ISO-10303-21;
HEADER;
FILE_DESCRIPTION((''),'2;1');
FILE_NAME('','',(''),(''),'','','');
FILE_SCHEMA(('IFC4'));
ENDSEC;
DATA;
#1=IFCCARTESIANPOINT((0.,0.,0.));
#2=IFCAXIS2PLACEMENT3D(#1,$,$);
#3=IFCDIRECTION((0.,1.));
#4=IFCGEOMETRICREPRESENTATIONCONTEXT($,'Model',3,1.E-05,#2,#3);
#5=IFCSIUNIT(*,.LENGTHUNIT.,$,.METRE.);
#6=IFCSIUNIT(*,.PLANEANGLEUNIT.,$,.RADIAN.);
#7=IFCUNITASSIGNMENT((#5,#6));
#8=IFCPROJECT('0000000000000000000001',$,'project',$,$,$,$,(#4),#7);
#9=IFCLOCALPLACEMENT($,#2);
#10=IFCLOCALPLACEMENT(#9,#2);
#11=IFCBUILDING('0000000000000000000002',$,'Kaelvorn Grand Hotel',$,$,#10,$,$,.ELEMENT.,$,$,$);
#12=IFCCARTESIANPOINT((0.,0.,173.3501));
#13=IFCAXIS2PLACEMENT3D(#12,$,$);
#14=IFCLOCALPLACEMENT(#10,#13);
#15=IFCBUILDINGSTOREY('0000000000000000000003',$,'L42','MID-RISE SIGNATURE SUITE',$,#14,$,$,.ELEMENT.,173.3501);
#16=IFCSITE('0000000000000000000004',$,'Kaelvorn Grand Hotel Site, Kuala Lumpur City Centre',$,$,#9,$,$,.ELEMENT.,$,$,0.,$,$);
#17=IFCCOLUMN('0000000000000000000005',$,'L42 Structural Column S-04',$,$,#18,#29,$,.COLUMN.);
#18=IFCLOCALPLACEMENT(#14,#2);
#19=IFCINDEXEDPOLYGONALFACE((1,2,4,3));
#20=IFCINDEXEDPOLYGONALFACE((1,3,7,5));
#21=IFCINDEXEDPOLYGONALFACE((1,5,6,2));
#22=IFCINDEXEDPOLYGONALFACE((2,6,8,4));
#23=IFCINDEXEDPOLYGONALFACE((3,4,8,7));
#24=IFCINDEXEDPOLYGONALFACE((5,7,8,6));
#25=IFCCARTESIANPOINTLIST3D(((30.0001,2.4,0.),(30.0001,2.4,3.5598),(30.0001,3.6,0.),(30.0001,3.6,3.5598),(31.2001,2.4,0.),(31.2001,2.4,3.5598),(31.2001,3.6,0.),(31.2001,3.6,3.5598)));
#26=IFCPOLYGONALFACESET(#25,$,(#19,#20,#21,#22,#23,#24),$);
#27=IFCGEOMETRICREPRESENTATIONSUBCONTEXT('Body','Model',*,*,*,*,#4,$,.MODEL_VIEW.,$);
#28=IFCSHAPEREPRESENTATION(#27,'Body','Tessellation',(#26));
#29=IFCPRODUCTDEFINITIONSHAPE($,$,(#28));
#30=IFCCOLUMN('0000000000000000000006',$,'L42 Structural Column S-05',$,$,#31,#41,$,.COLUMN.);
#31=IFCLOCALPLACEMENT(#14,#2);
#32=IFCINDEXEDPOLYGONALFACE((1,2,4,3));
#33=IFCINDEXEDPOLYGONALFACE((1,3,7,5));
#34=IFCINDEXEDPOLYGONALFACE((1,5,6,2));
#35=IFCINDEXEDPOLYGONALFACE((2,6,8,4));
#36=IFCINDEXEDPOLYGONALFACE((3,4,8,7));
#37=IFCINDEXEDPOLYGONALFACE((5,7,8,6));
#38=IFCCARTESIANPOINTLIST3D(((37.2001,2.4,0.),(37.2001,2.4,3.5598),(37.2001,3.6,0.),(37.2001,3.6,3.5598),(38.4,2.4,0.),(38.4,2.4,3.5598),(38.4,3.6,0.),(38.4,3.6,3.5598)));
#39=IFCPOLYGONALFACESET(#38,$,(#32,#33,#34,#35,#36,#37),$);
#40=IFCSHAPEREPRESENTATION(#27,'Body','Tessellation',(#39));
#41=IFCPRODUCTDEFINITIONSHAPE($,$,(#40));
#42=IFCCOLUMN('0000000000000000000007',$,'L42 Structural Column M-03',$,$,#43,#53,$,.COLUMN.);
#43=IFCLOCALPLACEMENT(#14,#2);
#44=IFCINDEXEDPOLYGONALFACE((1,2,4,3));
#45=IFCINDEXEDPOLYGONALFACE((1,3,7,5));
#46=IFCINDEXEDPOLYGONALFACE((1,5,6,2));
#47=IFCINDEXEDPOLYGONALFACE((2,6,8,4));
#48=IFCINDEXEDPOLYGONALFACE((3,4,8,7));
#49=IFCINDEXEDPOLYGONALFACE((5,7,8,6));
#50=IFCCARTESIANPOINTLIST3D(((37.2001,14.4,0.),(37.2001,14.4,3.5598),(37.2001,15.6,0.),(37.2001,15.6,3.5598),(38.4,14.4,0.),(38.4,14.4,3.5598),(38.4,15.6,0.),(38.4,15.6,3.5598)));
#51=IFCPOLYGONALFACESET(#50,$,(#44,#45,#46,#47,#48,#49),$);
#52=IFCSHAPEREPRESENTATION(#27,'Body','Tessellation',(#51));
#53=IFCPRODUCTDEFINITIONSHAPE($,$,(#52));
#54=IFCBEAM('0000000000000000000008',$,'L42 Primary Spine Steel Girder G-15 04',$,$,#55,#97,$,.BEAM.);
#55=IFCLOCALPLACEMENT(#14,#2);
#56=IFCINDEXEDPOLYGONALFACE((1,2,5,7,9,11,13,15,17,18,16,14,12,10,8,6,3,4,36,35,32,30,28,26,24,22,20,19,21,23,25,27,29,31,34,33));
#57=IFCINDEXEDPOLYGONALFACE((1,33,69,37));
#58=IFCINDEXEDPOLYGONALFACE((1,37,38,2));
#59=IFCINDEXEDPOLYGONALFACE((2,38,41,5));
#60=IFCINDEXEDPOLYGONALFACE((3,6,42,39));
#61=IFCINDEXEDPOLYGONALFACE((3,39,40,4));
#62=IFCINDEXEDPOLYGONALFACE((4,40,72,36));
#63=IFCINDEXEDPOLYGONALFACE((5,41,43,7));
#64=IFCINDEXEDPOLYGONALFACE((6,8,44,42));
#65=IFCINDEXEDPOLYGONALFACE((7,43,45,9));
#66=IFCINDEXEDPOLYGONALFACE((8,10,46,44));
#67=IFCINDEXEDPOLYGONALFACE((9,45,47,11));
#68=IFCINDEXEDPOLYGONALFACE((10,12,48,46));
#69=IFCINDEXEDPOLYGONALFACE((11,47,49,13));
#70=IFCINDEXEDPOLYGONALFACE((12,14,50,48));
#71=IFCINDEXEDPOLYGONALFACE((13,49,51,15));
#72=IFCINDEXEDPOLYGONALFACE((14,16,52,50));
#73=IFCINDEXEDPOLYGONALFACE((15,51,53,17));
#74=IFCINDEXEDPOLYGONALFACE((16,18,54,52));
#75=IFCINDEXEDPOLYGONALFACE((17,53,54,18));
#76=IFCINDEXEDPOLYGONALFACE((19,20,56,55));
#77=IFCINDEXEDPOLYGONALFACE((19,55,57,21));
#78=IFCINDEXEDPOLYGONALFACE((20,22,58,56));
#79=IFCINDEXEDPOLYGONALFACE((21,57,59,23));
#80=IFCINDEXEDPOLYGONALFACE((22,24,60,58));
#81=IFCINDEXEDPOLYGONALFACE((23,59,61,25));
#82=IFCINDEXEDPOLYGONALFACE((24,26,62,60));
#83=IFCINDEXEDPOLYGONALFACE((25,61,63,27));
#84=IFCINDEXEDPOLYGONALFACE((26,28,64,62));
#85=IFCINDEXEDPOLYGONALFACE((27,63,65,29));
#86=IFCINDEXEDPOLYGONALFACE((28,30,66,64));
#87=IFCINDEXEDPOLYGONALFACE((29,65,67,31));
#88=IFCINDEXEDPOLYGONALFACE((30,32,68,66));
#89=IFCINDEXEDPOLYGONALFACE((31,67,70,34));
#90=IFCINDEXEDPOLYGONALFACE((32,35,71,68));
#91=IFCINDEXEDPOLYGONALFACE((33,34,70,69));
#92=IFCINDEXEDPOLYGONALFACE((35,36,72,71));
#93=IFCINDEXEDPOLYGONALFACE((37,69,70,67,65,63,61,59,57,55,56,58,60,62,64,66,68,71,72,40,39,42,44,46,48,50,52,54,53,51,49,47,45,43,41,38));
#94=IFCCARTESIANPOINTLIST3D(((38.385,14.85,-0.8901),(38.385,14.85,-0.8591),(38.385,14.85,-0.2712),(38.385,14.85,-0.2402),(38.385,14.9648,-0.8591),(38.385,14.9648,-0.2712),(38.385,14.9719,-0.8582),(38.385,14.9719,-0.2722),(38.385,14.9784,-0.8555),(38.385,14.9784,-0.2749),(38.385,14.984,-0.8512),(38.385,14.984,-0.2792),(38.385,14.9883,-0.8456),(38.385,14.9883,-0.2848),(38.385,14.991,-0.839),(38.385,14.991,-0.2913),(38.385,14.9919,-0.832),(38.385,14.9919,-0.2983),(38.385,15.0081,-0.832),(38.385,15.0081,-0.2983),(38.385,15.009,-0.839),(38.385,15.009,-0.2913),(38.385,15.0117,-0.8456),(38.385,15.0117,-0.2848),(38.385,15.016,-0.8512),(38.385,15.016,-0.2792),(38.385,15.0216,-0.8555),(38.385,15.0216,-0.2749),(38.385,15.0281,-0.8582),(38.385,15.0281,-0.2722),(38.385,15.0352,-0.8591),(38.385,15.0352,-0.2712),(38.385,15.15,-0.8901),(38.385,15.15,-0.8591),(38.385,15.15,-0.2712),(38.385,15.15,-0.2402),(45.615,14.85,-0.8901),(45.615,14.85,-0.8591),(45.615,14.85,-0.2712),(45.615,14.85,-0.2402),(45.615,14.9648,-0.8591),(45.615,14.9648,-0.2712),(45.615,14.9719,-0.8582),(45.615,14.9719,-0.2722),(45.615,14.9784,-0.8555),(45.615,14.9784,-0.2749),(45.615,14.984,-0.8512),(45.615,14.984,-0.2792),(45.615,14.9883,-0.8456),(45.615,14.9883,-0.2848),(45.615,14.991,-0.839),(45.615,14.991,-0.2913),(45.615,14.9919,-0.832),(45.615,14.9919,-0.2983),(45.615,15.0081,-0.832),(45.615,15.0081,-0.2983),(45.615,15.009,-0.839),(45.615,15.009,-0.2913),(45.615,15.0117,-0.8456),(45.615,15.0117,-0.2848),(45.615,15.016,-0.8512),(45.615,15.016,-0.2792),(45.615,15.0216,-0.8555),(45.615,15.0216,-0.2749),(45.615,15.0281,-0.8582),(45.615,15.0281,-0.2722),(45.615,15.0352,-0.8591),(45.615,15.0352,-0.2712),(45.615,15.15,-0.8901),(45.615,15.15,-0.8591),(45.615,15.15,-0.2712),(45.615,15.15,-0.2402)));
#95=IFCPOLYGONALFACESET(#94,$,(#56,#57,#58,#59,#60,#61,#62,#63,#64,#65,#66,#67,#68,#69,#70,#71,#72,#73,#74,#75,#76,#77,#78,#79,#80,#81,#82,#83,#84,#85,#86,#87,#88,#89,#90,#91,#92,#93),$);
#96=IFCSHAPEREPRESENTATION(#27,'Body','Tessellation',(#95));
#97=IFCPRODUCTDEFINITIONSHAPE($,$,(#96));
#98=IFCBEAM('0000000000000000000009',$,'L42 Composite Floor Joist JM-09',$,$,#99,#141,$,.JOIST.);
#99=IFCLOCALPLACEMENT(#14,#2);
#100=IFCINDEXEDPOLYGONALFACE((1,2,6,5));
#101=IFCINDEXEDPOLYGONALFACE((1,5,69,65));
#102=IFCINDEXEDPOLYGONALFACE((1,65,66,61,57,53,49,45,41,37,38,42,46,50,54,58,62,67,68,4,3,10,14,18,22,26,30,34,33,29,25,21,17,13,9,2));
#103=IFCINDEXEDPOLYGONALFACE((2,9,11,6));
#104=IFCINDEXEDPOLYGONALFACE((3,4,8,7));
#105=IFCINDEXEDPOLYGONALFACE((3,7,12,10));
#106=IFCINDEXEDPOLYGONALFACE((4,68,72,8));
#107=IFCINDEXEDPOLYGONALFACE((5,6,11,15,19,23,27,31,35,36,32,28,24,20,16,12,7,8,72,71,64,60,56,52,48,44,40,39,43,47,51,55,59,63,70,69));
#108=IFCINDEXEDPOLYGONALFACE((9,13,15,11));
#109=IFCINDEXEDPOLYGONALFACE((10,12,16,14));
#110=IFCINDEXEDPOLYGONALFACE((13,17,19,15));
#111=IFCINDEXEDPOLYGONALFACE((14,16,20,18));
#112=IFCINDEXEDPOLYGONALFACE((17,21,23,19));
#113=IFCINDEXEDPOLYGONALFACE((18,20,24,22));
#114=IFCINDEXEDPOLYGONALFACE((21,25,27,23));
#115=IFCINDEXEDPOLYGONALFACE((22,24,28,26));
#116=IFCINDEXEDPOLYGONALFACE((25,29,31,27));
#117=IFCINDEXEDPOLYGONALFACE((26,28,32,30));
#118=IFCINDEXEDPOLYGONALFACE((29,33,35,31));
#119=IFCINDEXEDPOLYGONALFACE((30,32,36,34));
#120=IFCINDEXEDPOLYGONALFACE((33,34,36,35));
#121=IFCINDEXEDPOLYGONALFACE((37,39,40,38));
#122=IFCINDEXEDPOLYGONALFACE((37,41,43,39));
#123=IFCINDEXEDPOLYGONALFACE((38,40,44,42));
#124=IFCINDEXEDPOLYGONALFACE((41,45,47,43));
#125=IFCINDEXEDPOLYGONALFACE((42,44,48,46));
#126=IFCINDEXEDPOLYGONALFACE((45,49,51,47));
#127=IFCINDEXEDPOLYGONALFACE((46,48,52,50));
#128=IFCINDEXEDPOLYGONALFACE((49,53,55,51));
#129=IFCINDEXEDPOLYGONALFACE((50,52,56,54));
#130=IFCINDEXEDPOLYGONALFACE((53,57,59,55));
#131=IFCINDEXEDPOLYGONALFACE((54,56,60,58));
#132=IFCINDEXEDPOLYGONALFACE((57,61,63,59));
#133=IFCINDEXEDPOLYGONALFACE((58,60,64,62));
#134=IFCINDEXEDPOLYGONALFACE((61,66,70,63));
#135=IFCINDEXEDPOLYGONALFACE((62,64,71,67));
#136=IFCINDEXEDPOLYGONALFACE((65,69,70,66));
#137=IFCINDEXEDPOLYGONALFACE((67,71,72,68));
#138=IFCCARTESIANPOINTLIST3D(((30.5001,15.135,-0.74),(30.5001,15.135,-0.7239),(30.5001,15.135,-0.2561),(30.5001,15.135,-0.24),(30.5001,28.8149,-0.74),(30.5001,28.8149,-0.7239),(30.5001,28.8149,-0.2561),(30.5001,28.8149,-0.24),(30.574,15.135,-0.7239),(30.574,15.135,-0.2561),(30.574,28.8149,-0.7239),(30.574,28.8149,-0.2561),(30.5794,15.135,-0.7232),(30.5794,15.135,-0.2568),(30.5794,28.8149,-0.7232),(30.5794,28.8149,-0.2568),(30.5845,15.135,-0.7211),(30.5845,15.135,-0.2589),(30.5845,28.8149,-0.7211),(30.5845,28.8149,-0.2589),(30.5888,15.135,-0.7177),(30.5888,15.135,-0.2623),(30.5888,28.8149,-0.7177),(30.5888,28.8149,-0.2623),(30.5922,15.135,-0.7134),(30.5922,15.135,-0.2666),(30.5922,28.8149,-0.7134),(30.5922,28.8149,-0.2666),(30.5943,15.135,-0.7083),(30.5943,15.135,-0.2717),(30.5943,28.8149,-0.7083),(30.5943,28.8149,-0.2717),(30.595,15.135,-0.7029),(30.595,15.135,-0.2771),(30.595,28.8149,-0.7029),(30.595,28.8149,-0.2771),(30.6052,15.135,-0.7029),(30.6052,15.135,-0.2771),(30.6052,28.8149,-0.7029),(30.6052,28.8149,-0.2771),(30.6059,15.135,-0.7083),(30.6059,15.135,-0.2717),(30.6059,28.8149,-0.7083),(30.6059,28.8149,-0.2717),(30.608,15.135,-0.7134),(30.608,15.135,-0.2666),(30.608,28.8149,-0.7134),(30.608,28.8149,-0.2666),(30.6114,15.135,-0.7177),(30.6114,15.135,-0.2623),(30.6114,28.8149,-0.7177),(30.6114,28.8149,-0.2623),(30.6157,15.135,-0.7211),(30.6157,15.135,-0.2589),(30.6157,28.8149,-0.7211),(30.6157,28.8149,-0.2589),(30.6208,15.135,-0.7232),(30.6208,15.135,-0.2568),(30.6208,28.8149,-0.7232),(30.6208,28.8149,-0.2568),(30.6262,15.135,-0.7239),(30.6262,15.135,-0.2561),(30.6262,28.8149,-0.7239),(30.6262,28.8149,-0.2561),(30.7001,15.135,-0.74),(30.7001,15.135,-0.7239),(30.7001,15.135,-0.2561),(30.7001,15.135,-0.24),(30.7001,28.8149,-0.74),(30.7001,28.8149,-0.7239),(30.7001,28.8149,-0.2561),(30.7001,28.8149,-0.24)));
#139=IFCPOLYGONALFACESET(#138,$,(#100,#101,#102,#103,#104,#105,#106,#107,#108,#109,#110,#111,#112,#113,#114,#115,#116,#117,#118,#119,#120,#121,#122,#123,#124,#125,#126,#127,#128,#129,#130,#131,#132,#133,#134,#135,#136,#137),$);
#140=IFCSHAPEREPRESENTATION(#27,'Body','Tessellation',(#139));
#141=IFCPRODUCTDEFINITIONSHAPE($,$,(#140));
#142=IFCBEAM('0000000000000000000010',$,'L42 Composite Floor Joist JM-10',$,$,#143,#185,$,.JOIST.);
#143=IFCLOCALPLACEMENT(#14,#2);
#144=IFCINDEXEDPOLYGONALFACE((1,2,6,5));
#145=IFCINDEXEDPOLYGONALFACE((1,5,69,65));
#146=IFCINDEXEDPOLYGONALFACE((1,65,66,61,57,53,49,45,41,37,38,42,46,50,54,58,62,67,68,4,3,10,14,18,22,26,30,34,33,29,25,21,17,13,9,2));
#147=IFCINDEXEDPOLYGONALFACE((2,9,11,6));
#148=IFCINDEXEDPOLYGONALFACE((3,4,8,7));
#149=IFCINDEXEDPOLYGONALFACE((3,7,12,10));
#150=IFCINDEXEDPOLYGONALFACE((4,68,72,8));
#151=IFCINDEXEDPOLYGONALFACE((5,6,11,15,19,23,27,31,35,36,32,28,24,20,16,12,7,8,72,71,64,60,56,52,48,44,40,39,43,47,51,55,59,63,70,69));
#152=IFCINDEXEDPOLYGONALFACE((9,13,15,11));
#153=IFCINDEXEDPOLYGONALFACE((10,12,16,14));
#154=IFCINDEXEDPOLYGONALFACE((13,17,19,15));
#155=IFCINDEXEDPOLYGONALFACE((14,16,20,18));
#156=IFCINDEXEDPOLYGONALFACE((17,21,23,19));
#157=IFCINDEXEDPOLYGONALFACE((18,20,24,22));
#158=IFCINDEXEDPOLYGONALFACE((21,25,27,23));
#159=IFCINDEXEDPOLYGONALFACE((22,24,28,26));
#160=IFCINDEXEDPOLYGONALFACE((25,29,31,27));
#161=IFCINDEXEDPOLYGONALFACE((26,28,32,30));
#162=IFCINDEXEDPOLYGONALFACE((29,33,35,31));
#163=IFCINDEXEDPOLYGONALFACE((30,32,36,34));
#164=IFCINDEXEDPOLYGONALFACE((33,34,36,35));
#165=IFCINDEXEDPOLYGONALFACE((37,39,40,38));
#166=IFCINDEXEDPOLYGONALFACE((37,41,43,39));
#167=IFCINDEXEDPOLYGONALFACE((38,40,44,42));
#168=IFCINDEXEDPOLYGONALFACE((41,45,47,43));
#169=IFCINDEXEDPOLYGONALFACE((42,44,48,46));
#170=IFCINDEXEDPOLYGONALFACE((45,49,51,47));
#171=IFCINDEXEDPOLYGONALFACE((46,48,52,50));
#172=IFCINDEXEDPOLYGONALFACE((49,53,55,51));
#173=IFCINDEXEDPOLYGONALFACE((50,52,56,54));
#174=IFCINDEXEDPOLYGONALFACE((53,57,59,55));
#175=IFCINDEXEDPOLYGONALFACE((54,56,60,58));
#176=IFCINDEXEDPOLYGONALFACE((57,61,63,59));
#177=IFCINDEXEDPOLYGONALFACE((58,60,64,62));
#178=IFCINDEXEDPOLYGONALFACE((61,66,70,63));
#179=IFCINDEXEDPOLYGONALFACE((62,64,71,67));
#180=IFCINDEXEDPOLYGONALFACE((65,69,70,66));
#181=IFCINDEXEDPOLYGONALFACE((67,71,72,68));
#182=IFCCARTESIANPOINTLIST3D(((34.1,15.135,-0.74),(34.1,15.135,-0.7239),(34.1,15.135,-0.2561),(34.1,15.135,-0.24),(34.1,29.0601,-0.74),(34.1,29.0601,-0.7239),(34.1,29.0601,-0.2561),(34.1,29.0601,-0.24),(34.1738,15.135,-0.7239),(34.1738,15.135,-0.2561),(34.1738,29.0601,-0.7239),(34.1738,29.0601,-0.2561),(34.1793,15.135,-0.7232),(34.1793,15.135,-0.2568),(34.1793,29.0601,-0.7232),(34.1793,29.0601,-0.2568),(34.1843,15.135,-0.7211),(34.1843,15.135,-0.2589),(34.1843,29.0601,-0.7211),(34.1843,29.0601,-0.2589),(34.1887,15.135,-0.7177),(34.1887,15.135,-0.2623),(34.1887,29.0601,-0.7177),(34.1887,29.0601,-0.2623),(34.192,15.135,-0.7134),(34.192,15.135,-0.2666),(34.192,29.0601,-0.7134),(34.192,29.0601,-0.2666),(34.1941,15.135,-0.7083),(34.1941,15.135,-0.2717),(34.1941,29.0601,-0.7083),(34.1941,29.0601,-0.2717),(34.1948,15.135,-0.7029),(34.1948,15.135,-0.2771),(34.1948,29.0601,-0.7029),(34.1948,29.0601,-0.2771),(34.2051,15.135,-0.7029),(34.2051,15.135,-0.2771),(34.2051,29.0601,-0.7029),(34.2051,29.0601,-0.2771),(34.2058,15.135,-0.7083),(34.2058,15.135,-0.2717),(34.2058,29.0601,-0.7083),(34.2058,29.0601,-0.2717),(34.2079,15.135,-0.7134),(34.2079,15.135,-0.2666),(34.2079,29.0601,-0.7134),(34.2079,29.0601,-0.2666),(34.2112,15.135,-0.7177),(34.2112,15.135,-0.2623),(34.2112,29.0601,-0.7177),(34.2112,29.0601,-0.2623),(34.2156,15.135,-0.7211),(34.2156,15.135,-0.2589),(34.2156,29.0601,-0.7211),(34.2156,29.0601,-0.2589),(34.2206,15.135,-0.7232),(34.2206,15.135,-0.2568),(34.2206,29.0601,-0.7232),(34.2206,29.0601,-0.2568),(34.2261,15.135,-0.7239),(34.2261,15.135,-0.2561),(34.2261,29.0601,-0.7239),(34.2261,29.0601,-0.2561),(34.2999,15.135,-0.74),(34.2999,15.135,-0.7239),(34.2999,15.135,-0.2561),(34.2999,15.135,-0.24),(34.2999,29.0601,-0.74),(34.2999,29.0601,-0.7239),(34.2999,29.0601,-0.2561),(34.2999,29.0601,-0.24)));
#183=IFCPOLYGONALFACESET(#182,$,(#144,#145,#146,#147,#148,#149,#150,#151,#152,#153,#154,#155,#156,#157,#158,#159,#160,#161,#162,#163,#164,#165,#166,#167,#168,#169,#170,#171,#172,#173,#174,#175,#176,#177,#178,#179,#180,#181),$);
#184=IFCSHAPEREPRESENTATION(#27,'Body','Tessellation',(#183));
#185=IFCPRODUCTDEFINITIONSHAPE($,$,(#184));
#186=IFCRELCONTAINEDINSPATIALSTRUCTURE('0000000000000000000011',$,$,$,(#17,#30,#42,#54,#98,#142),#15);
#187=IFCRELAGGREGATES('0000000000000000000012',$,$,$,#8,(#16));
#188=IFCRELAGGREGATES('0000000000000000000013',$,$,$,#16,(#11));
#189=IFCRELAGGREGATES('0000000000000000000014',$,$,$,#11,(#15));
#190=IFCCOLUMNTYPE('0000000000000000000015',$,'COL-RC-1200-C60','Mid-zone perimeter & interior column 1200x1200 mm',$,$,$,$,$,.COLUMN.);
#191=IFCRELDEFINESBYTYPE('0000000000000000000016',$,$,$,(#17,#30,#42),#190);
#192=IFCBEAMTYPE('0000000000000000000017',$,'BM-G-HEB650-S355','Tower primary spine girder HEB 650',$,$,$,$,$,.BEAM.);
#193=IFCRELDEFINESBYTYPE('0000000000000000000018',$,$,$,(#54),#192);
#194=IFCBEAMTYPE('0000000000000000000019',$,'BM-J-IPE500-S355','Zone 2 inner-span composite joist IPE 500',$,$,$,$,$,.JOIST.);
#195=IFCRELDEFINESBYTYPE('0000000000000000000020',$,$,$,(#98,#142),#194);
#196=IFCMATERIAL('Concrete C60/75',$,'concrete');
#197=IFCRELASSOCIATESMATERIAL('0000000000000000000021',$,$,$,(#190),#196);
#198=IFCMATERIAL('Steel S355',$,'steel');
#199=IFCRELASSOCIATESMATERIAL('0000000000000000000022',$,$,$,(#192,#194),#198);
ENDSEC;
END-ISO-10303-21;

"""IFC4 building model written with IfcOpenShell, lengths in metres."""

from ifc_helpers import new_model, si_unit, direction, frame, origin, origin_2d, place, context, subcontext, project, spatial, rectangle, i_section, extrude, material, material_profile, profile_set, type_object, element, save


model = new_model("IFC4")

# Units and contexts
model_context = context("Model", 3, precision=1e-05, world=origin(), true_north=direction((0.0, 1.0)))
body_context = subcontext(model_context, "Body", "Model", "MODEL_VIEW")
ifc_project = project(units=[si_unit("LENGTHUNIT", "METRE"), si_unit("PLANEANGLEUNIT", "RADIAN")], contexts=[model_context])

# Site, building, storey
site_placement = place(None, origin())
site = spatial("IfcSite", under=ifc_project, at=site_placement, Name="Kaelvorn Grand Hotel Site, Kuala Lumpur City Centre", CompositionType="ELEMENT", RefElevation=0.0)
building_placement = place(site_placement, origin())
building = spatial("IfcBuilding", under=site, at=building_placement, Name="Kaelvorn Grand Hotel", CompositionType="ELEMENT")
storey_placement = place(building_placement, frame((0.0, 0.0, 173.3501)))
storey = spatial("IfcBuildingStorey", under=building, at=storey_placement, Name="L42", Description="MID-RISE SIGNATURE SUITE", CompositionType="ELEMENT", Elevation=173.3501)

# Columns
ifc_material_1 = material(Name="Concrete C60/75", Category="concrete")
ifc_material_profile_1 = material_profile(ifc_material_1, rectangle(XDim=1.2, YDim=1.2, at=origin_2d()), Name="RC COL 1200x1200")
ifc_profile_set_1 = profile_set([ifc_material_profile_1], Name="Concrete C60/75")
column_type = type_object("IfcColumnType", Name="COL-RC-1200-C60", Description="Mid-zone perimeter & interior column 1200x1200 mm", PredefinedType="COLUMN", material=ifc_profile_set_1)
for number, where, z_axis, x_axis, name in (
    (1, (30.6001, 3.0, 0.0), (0.0, 0.0, 1.0), (1.0, 0.0, 0.0), "L42 Structural Column S-04"),
    (2, (37.8, 3.0, 0.0), (0.0, 0.0, 1.0), (1.0, 0.0, 0.0), "L42 Structural Column S-05"),
    (3, (37.8, 15.0, 0.0), (0.0, 0.0, 1.0), (1.0, 0.0, 0.0), "L42 Structural Column M-03"),
):
    element("IfcColumn", number, at=place(storey_placement, frame(where, z_axis=z_axis, x_axis=x_axis)), inside=storey, type_object=column_type, Name=name, PredefinedType="COLUMN", context=body_context, shape_type="SweptSolid", body=[
        extrude(rectangle(XDim=1.2, YDim=1.2, at=origin_2d()), origin(), (0.0, 0.0, 1.0), 3.5598),
    ])

# Beams
ifc_material_2 = material(Name="Steel S355", Category="steel")
ifc_material_profile_2 = material_profile(ifc_material_2, i_section(OverallWidth=0.3, OverallDepth=0.6499, WebThickness=0.0161, FlangeThickness=0.031, FilletRadius=0.0271, at=origin_2d()), Name="HEB 650")
ifc_profile_set_2 = profile_set([ifc_material_profile_2], Name="Steel S355")
beam_type_1 = type_object("IfcBeamType", Name="BM-G-HEB650-S355", Description="Tower primary spine girder HEB 650", PredefinedType="BEAM", material=ifc_profile_set_2)
beam_1_placement = place(storey_placement, frame((38.385, 15.0, -0.5652), z_axis=(1.0, 0.0, 0.0), x_axis=(0.0, 1.0, 0.0)))
element("IfcBeam", 4, at=beam_1_placement, inside=storey, type_object=beam_type_1, Name="L42 Primary Spine Steel Girder G-15 04", PredefinedType="BEAM", context=body_context, shape_type="SweptSolid", body=[
    extrude(i_section(OverallWidth=0.3, OverallDepth=0.6499, WebThickness=0.0161, FlangeThickness=0.031, FilletRadius=0.0271, at=origin_2d()), origin(), (0.0, 0.0, 1.0), 7.23),
])
ifc_material_profile_3 = material_profile(ifc_material_2, i_section(OverallWidth=0.2, OverallDepth=0.5, WebThickness=0.0103, FlangeThickness=0.0161, FilletRadius=0.021, at=origin_2d()), Name="IPE 500")
ifc_profile_set_3 = profile_set([ifc_material_profile_3], Name="Steel S355")
beam_type_2 = type_object("IfcBeamType", Name="BM-J-IPE500-S355", Description="Zone 2 inner-span composite joist IPE 500", PredefinedType="JOIST", material=ifc_profile_set_3)
beam_2_placement = place(storey_placement, frame((30.6001, 15.135, -0.49), z_axis=(0.0, 1.0, 0.0), x_axis=(-1.0, 0.0, 0.0)))
element("IfcBeam", 5, at=beam_2_placement, inside=storey, type_object=beam_type_2, Name="L42 Composite Floor Joist JM-09", PredefinedType="JOIST", context=body_context, shape_type="SweptSolid", body=[
    extrude(i_section(OverallWidth=0.2, OverallDepth=0.5, WebThickness=0.0103, FlangeThickness=0.0161, FilletRadius=0.021, at=origin_2d()), origin(), (0.0, 0.0, 1.0), 13.6799),
])
beam_3_placement = place(storey_placement, frame((34.2, 15.135, -0.49), z_axis=(0.0, 1.0, 0.0), x_axis=(-1.0, 0.0, 0.0)))
element("IfcBeam", 6, at=beam_3_placement, inside=storey, type_object=beam_type_2, Name="L42 Composite Floor Joist JM-10", PredefinedType="JOIST", context=body_context, shape_type="SweptSolid", body=[
    extrude(i_section(OverallWidth=0.2, OverallDepth=0.5, WebThickness=0.0103, FlangeThickness=0.0161, FilletRadius=0.021, at=origin_2d()), origin(), (0.0, 0.0, 1.0), 13.925),
])

save(model, "model.ifc")
